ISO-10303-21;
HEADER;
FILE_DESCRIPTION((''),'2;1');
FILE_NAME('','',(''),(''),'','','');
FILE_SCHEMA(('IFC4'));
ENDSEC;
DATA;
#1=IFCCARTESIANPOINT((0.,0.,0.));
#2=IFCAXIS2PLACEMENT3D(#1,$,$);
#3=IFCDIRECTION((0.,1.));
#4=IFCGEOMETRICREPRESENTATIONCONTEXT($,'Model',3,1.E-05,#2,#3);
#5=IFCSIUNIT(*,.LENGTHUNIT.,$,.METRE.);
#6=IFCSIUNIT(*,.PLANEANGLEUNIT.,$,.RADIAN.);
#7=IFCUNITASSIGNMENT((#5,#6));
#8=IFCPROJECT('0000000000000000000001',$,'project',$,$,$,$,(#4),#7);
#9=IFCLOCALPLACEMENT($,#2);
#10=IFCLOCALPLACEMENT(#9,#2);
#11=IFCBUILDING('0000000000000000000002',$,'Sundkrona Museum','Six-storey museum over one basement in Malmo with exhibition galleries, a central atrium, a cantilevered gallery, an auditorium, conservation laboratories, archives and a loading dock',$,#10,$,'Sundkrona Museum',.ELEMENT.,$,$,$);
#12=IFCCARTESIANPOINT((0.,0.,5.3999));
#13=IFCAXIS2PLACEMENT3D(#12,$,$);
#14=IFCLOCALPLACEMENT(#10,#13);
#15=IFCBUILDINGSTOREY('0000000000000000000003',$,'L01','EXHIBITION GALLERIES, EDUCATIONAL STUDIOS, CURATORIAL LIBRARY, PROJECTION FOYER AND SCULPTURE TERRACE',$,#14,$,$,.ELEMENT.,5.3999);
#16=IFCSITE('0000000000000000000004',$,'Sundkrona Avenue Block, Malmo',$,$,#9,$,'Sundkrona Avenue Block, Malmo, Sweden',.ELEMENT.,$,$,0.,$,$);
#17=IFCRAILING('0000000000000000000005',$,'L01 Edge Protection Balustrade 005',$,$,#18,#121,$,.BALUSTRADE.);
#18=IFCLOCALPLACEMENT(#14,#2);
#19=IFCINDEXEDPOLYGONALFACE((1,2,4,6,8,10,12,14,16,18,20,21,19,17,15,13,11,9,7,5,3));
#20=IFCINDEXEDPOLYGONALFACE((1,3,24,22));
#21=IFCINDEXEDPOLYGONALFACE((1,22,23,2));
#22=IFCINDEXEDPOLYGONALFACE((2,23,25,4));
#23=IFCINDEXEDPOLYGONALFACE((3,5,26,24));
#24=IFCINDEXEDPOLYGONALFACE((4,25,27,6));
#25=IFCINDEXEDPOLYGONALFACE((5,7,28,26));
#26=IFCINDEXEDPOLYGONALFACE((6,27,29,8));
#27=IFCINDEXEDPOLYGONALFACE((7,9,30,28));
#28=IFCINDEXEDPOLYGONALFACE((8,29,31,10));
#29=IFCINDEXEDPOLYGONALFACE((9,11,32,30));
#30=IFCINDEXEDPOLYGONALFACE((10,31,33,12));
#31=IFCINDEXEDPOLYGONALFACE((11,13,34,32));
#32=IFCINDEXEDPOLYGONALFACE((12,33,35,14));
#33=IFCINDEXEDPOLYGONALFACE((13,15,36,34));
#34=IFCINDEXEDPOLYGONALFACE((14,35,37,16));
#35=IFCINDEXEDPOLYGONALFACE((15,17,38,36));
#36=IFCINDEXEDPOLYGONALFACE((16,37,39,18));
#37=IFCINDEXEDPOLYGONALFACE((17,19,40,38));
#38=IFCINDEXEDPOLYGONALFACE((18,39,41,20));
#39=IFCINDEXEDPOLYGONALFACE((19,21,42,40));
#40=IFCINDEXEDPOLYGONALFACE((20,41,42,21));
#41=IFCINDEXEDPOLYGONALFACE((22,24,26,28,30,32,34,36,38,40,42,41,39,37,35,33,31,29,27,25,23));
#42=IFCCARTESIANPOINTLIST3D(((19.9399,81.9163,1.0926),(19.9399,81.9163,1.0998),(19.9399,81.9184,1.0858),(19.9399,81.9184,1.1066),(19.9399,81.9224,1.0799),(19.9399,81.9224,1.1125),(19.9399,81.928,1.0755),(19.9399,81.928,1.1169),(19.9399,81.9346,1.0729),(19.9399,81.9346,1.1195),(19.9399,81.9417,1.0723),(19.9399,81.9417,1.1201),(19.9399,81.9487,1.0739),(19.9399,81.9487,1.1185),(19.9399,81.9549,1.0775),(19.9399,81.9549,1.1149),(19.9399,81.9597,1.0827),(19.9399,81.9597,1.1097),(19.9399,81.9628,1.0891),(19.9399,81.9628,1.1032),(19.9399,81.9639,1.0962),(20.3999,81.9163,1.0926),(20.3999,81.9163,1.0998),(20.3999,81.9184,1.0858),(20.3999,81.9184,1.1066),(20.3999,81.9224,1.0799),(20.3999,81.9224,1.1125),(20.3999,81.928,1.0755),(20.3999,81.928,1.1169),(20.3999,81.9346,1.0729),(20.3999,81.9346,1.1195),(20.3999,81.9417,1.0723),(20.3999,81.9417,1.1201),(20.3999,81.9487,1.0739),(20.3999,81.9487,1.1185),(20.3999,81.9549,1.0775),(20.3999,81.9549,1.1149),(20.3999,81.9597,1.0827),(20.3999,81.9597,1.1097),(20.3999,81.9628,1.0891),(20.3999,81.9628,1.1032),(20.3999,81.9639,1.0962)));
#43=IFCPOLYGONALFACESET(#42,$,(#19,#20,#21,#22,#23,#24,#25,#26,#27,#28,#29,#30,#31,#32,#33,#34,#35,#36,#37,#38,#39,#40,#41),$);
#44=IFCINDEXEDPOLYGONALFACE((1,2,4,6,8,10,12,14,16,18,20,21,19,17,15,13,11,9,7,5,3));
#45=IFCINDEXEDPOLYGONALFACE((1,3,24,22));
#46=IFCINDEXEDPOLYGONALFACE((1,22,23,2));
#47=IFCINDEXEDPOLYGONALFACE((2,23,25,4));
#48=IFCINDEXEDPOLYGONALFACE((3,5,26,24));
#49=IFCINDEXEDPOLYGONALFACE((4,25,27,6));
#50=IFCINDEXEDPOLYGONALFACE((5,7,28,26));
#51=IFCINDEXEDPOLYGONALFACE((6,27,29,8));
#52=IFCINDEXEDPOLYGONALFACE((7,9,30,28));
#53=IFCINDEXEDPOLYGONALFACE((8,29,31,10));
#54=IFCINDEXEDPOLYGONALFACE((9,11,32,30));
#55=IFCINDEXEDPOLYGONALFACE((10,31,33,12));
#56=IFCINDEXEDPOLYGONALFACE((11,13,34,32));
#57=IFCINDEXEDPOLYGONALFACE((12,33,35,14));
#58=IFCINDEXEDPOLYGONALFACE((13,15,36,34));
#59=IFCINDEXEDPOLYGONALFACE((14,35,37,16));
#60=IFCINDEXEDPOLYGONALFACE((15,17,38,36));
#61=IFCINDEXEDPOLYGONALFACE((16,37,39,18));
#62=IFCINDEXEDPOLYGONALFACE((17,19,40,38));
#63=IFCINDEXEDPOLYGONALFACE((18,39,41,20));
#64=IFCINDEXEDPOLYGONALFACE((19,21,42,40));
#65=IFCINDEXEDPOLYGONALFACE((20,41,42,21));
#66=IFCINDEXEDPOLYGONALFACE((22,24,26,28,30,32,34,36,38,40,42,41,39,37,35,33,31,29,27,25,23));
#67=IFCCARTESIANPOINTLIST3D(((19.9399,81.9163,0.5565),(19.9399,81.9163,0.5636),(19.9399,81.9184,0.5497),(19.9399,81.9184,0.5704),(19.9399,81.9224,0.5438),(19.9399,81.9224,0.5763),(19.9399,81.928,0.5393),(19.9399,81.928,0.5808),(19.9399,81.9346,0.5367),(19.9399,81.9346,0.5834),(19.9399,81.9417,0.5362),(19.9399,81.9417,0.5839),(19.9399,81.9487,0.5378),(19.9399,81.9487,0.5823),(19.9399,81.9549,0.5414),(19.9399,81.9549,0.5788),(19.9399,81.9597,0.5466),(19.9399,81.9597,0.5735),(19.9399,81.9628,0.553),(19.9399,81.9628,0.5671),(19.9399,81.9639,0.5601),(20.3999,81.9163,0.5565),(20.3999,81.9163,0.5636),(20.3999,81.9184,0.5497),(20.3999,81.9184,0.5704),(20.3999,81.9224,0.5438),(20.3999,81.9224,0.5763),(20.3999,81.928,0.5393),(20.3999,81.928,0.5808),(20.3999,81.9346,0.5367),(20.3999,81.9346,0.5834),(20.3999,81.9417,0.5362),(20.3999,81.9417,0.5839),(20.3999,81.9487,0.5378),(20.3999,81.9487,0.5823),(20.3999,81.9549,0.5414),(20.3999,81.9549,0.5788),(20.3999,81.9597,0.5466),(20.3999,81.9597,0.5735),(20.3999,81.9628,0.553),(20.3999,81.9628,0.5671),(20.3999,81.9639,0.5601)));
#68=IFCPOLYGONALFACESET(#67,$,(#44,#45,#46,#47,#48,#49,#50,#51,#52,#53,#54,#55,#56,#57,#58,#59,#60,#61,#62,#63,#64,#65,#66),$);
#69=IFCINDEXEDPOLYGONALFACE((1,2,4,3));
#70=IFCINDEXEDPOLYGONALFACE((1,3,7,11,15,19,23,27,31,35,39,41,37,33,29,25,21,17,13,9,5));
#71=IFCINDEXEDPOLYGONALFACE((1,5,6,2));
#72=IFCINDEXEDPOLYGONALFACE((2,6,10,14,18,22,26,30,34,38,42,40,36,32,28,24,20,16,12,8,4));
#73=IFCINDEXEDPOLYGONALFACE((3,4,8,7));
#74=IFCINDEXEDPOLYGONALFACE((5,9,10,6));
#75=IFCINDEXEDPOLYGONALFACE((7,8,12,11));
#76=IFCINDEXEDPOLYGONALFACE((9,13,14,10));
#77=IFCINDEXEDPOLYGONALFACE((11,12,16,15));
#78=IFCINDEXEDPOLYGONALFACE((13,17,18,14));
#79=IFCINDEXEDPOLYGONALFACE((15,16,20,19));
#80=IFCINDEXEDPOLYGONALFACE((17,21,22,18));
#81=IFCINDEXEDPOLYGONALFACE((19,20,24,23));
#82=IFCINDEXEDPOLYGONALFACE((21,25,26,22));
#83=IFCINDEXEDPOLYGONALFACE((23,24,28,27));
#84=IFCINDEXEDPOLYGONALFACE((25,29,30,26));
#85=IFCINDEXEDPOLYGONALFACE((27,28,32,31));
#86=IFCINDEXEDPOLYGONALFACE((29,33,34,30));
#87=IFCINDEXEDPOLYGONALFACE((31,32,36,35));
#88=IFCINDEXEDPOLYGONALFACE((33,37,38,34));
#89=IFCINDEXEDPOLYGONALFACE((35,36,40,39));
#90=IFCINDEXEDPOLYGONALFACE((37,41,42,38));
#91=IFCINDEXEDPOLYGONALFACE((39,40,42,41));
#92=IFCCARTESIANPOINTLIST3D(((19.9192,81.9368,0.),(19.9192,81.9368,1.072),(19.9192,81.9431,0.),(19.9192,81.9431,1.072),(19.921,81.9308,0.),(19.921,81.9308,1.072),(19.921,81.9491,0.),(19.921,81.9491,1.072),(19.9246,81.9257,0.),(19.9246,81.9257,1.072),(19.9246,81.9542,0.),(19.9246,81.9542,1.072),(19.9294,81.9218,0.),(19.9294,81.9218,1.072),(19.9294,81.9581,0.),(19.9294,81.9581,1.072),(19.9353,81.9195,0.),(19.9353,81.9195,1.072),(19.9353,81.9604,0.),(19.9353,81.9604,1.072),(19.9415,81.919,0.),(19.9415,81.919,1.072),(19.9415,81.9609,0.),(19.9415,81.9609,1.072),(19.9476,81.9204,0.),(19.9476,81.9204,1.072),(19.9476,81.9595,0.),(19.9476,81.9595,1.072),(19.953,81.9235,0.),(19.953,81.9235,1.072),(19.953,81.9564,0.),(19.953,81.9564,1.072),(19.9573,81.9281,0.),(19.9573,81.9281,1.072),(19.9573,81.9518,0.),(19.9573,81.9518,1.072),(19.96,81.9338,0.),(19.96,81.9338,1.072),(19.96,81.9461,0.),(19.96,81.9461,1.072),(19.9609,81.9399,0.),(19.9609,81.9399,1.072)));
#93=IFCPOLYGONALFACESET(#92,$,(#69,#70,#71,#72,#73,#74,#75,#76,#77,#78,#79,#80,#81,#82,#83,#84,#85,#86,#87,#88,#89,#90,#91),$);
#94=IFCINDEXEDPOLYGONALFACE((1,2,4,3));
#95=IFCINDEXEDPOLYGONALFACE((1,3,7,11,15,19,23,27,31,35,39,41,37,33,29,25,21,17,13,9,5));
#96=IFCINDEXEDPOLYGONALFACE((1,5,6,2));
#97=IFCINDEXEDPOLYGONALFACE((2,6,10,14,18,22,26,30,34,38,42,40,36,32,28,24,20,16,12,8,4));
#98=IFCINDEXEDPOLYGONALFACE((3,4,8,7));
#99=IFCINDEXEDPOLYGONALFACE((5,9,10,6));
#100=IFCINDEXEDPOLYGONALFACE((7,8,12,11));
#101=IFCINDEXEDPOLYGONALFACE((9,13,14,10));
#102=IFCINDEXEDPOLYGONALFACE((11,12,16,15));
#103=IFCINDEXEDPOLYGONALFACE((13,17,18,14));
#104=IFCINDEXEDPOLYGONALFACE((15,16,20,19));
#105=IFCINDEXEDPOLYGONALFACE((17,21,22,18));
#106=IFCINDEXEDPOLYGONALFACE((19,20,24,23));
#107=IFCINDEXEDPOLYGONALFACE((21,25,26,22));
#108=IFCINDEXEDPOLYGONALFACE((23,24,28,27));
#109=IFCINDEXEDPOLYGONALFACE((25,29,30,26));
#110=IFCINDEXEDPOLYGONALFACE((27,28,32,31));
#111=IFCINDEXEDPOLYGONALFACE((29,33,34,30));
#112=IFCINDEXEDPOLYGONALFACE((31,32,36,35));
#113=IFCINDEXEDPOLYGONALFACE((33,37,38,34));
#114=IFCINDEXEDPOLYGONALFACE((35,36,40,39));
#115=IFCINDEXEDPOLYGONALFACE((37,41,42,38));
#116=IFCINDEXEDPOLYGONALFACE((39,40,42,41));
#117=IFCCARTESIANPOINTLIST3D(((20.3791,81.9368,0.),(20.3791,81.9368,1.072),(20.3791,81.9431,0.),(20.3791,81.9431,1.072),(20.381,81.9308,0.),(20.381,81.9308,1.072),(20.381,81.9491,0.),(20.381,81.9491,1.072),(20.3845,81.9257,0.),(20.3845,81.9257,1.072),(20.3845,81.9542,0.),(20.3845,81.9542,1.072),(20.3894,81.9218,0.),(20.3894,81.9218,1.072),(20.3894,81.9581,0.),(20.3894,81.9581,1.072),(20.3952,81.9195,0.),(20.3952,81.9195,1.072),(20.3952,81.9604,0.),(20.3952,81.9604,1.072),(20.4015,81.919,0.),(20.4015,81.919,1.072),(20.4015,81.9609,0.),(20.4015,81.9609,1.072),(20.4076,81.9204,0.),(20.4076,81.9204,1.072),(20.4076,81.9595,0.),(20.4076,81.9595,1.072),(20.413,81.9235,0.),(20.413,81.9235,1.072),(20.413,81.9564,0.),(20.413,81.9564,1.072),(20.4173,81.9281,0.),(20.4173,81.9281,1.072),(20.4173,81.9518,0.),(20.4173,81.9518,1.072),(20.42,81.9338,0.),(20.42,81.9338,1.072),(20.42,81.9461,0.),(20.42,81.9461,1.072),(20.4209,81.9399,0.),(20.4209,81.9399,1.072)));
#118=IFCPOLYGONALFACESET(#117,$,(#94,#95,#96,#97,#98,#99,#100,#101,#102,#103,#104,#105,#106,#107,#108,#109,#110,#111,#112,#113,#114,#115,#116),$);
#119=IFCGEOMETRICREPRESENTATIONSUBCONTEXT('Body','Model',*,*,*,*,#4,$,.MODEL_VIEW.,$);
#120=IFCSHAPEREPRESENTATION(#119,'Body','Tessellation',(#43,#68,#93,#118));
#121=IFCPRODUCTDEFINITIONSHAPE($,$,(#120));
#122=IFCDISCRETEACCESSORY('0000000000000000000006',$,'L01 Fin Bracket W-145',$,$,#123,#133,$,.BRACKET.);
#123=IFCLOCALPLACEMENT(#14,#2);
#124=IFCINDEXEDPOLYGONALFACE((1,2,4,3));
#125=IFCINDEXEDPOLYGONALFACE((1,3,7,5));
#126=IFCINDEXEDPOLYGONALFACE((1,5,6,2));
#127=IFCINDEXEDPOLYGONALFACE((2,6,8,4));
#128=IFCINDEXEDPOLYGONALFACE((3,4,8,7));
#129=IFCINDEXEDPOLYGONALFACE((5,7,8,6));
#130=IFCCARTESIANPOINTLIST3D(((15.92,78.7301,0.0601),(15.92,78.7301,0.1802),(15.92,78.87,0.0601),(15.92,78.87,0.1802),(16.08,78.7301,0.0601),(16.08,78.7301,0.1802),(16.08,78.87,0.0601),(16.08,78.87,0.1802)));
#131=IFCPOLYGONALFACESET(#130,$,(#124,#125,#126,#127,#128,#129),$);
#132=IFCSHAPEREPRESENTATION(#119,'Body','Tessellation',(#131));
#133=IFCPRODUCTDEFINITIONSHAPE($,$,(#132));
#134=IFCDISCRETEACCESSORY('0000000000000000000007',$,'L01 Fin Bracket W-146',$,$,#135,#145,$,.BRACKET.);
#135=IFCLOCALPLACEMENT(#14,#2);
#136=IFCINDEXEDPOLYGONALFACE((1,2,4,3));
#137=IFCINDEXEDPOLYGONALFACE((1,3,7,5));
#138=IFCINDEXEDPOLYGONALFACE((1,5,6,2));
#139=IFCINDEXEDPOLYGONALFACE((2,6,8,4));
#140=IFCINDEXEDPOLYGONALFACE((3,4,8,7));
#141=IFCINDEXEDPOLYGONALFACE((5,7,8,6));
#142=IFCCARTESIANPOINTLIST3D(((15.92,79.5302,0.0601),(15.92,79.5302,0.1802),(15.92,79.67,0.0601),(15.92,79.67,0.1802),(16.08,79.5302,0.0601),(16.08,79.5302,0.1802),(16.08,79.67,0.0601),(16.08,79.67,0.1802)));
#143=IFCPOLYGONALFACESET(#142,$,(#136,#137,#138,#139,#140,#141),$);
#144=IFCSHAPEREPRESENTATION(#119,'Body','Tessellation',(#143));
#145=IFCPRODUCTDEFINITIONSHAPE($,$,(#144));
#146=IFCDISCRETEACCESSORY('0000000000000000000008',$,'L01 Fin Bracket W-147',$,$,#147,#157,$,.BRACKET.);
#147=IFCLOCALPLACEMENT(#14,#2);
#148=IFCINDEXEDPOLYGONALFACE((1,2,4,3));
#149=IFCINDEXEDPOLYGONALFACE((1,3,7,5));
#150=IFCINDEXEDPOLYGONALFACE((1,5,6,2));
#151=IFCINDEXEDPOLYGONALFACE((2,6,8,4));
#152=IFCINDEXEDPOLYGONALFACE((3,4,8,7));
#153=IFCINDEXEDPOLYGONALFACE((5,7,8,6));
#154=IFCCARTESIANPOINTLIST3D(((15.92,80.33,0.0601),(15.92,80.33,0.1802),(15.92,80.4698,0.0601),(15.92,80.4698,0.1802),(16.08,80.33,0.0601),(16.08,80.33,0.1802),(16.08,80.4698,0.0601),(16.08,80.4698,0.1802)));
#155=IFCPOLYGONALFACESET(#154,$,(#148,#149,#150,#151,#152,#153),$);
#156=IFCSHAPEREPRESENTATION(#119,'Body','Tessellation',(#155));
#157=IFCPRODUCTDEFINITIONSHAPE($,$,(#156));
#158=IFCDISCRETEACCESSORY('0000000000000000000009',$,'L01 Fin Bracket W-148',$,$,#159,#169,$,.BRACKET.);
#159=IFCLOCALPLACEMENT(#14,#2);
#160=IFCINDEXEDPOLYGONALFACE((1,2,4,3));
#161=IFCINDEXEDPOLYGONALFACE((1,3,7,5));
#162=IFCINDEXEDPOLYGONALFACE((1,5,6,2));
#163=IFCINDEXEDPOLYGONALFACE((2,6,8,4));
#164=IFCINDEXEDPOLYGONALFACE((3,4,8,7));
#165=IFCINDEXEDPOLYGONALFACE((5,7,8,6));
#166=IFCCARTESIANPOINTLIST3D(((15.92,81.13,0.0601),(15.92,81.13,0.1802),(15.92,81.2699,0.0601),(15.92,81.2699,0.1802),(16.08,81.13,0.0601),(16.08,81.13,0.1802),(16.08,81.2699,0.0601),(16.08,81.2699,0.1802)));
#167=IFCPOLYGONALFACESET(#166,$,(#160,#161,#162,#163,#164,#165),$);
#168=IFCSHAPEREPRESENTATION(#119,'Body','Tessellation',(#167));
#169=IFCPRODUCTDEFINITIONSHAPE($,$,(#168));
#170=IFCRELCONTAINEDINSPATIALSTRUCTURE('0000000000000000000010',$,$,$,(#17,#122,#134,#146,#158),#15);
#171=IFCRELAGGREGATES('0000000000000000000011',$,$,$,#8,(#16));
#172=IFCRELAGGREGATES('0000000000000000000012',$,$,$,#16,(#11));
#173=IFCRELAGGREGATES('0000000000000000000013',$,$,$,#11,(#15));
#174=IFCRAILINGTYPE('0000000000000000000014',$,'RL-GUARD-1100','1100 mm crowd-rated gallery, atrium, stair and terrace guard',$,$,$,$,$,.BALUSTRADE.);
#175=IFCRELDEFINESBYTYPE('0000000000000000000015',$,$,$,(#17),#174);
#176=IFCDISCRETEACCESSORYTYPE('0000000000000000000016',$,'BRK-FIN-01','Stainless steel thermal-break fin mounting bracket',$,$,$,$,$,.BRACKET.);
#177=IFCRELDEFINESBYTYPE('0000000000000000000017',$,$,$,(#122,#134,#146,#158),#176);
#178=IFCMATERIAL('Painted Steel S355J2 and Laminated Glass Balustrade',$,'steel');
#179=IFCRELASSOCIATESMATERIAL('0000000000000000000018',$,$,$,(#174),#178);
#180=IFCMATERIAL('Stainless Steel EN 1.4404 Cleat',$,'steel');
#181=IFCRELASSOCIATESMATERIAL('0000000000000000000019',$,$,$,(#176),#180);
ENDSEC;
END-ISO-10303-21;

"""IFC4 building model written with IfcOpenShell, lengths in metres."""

from ifc_helpers import new_model, si_unit, direction, frame, origin, origin_2d, place, context, subcontext, project, spatial, rectangle, circle, extrude, material, type_object, element, save


model = new_model("IFC4")

# Units and contexts
model_context = context("Model", 3, precision=1e-05, world=origin(), true_north=direction((0.0, 1.0)))
body_context = subcontext(model_context, "Body", "Model", "MODEL_VIEW")
ifc_project = project(units=[si_unit("LENGTHUNIT", "METRE"), si_unit("PLANEANGLEUNIT", "RADIAN")], contexts=[model_context])

# Site, building, storey
site_placement = place(None, origin())
site = spatial("IfcSite", under=ifc_project, at=site_placement, Name="Sundkrona Avenue Block, Malmo", LongName="Sundkrona Avenue Block, Malmo, Sweden", CompositionType="ELEMENT", RefElevation=0.0)
building_placement = place(site_placement, origin())
building = spatial("IfcBuilding", under=site, at=building_placement, Name="Sundkrona Museum", Description="Six-storey museum over one basement in Malmo with exhibition galleries, a central atrium, a cantilevered gallery, an auditorium, conservation laboratories, archives and a loading dock", LongName="Sundkrona Museum", CompositionType="ELEMENT")
storey_placement = place(building_placement, frame((0.0, 0.0, 5.3999)))
storey = spatial("IfcBuildingStorey", under=building, at=storey_placement, Name="L01", Description="EXHIBITION GALLERIES, EDUCATIONAL STUDIOS, CURATORIAL LIBRARY, PROJECTION FOYER AND SCULPTURE TERRACE", CompositionType="ELEMENT", Elevation=5.3999)

# Railing
ifc_material_1 = material(Name="Painted Steel S355J2 and Laminated Glass Balustrade", Category="steel")
railing_type = type_object("IfcRailingType", Name="RL-GUARD-1100", Description="1100 mm crowd-rated gallery, atrium, stair and terrace guard", PredefinedType="BALUSTRADE", material=ifc_material_1)
railing_1_placement = place(storey_placement, frame((19.9399, 81.9399, 0.0)))
element("IfcRailing", 1, at=railing_1_placement, inside=storey, type_object=railing_type, Name="L01 Edge Protection Balustrade 005", PredefinedType="BALUSTRADE", context=body_context, shape_type="SweptSolid", body=[
    extrude(circle(Radius=0.0239, at=origin_2d()), frame((0.0, 0.0, 1.0962), z_axis=(1.0, 0.0, 0.0), x_axis=(0.0, 1.0, 0.0)), (0.0, 0.0, 1.0), 0.46),
    extrude(circle(Radius=0.0239, at=origin_2d()), frame((0.0, 0.0, 0.5601), z_axis=(1.0, 0.0, 0.0), x_axis=(0.0, 1.0, 0.0)), (0.0, 0.0, 1.0), 0.46),
    extrude(circle(Radius=0.021, at=origin_2d()), origin(), (0.0, 0.0, 1.0), 1.072),
    extrude(circle(Radius=0.021, at=origin_2d()), frame((0.46, 0.0, 0.0)), (0.0, 0.0, 1.0), 1.072),
])

# Discrete accessories
ifc_material_2 = material(Name="Stainless Steel EN 1.4404 Cleat", Category="steel")
discrete_accessory_type = type_object("IfcDiscreteAccessoryType", Name="BRK-FIN-01", Description="Stainless steel thermal-break fin mounting bracket", PredefinedType="BRACKET", material=ifc_material_2)
for number, where, z_axis, x_axis, name in (
    (2, (16.0, 78.8, 0.0601), (0.0, 0.0, 1.0), (1.0, 0.0, 0.0), "L01 Fin Bracket W-145"),
    (3, (16.0, 79.6001, 0.0601), (0.0, 0.0, 1.0), (1.0, 0.0, 0.0), "L01 Fin Bracket W-146"),
    (4, (16.0, 80.3999, 0.0601), (0.0, 0.0, 1.0), (1.0, 0.0, 0.0), "L01 Fin Bracket W-147"),
    (5, (16.0, 81.2, 0.0601), (0.0, 0.0, 1.0), (1.0, 0.0, 0.0), "L01 Fin Bracket W-148"),
):
    element("IfcDiscreteAccessory", number, at=place(storey_placement, frame(where, z_axis=z_axis, x_axis=x_axis)), inside=storey, type_object=discrete_accessory_type, Name=name, PredefinedType="BRACKET", context=body_context, shape_type="SweptSolid", body=[
        extrude(rectangle(XDim=0.1599, YDim=0.1399, at=origin_2d()), origin(), (0.0, 0.0, 1.0), 0.1201),
    ])

save(model, "model.ifc")
